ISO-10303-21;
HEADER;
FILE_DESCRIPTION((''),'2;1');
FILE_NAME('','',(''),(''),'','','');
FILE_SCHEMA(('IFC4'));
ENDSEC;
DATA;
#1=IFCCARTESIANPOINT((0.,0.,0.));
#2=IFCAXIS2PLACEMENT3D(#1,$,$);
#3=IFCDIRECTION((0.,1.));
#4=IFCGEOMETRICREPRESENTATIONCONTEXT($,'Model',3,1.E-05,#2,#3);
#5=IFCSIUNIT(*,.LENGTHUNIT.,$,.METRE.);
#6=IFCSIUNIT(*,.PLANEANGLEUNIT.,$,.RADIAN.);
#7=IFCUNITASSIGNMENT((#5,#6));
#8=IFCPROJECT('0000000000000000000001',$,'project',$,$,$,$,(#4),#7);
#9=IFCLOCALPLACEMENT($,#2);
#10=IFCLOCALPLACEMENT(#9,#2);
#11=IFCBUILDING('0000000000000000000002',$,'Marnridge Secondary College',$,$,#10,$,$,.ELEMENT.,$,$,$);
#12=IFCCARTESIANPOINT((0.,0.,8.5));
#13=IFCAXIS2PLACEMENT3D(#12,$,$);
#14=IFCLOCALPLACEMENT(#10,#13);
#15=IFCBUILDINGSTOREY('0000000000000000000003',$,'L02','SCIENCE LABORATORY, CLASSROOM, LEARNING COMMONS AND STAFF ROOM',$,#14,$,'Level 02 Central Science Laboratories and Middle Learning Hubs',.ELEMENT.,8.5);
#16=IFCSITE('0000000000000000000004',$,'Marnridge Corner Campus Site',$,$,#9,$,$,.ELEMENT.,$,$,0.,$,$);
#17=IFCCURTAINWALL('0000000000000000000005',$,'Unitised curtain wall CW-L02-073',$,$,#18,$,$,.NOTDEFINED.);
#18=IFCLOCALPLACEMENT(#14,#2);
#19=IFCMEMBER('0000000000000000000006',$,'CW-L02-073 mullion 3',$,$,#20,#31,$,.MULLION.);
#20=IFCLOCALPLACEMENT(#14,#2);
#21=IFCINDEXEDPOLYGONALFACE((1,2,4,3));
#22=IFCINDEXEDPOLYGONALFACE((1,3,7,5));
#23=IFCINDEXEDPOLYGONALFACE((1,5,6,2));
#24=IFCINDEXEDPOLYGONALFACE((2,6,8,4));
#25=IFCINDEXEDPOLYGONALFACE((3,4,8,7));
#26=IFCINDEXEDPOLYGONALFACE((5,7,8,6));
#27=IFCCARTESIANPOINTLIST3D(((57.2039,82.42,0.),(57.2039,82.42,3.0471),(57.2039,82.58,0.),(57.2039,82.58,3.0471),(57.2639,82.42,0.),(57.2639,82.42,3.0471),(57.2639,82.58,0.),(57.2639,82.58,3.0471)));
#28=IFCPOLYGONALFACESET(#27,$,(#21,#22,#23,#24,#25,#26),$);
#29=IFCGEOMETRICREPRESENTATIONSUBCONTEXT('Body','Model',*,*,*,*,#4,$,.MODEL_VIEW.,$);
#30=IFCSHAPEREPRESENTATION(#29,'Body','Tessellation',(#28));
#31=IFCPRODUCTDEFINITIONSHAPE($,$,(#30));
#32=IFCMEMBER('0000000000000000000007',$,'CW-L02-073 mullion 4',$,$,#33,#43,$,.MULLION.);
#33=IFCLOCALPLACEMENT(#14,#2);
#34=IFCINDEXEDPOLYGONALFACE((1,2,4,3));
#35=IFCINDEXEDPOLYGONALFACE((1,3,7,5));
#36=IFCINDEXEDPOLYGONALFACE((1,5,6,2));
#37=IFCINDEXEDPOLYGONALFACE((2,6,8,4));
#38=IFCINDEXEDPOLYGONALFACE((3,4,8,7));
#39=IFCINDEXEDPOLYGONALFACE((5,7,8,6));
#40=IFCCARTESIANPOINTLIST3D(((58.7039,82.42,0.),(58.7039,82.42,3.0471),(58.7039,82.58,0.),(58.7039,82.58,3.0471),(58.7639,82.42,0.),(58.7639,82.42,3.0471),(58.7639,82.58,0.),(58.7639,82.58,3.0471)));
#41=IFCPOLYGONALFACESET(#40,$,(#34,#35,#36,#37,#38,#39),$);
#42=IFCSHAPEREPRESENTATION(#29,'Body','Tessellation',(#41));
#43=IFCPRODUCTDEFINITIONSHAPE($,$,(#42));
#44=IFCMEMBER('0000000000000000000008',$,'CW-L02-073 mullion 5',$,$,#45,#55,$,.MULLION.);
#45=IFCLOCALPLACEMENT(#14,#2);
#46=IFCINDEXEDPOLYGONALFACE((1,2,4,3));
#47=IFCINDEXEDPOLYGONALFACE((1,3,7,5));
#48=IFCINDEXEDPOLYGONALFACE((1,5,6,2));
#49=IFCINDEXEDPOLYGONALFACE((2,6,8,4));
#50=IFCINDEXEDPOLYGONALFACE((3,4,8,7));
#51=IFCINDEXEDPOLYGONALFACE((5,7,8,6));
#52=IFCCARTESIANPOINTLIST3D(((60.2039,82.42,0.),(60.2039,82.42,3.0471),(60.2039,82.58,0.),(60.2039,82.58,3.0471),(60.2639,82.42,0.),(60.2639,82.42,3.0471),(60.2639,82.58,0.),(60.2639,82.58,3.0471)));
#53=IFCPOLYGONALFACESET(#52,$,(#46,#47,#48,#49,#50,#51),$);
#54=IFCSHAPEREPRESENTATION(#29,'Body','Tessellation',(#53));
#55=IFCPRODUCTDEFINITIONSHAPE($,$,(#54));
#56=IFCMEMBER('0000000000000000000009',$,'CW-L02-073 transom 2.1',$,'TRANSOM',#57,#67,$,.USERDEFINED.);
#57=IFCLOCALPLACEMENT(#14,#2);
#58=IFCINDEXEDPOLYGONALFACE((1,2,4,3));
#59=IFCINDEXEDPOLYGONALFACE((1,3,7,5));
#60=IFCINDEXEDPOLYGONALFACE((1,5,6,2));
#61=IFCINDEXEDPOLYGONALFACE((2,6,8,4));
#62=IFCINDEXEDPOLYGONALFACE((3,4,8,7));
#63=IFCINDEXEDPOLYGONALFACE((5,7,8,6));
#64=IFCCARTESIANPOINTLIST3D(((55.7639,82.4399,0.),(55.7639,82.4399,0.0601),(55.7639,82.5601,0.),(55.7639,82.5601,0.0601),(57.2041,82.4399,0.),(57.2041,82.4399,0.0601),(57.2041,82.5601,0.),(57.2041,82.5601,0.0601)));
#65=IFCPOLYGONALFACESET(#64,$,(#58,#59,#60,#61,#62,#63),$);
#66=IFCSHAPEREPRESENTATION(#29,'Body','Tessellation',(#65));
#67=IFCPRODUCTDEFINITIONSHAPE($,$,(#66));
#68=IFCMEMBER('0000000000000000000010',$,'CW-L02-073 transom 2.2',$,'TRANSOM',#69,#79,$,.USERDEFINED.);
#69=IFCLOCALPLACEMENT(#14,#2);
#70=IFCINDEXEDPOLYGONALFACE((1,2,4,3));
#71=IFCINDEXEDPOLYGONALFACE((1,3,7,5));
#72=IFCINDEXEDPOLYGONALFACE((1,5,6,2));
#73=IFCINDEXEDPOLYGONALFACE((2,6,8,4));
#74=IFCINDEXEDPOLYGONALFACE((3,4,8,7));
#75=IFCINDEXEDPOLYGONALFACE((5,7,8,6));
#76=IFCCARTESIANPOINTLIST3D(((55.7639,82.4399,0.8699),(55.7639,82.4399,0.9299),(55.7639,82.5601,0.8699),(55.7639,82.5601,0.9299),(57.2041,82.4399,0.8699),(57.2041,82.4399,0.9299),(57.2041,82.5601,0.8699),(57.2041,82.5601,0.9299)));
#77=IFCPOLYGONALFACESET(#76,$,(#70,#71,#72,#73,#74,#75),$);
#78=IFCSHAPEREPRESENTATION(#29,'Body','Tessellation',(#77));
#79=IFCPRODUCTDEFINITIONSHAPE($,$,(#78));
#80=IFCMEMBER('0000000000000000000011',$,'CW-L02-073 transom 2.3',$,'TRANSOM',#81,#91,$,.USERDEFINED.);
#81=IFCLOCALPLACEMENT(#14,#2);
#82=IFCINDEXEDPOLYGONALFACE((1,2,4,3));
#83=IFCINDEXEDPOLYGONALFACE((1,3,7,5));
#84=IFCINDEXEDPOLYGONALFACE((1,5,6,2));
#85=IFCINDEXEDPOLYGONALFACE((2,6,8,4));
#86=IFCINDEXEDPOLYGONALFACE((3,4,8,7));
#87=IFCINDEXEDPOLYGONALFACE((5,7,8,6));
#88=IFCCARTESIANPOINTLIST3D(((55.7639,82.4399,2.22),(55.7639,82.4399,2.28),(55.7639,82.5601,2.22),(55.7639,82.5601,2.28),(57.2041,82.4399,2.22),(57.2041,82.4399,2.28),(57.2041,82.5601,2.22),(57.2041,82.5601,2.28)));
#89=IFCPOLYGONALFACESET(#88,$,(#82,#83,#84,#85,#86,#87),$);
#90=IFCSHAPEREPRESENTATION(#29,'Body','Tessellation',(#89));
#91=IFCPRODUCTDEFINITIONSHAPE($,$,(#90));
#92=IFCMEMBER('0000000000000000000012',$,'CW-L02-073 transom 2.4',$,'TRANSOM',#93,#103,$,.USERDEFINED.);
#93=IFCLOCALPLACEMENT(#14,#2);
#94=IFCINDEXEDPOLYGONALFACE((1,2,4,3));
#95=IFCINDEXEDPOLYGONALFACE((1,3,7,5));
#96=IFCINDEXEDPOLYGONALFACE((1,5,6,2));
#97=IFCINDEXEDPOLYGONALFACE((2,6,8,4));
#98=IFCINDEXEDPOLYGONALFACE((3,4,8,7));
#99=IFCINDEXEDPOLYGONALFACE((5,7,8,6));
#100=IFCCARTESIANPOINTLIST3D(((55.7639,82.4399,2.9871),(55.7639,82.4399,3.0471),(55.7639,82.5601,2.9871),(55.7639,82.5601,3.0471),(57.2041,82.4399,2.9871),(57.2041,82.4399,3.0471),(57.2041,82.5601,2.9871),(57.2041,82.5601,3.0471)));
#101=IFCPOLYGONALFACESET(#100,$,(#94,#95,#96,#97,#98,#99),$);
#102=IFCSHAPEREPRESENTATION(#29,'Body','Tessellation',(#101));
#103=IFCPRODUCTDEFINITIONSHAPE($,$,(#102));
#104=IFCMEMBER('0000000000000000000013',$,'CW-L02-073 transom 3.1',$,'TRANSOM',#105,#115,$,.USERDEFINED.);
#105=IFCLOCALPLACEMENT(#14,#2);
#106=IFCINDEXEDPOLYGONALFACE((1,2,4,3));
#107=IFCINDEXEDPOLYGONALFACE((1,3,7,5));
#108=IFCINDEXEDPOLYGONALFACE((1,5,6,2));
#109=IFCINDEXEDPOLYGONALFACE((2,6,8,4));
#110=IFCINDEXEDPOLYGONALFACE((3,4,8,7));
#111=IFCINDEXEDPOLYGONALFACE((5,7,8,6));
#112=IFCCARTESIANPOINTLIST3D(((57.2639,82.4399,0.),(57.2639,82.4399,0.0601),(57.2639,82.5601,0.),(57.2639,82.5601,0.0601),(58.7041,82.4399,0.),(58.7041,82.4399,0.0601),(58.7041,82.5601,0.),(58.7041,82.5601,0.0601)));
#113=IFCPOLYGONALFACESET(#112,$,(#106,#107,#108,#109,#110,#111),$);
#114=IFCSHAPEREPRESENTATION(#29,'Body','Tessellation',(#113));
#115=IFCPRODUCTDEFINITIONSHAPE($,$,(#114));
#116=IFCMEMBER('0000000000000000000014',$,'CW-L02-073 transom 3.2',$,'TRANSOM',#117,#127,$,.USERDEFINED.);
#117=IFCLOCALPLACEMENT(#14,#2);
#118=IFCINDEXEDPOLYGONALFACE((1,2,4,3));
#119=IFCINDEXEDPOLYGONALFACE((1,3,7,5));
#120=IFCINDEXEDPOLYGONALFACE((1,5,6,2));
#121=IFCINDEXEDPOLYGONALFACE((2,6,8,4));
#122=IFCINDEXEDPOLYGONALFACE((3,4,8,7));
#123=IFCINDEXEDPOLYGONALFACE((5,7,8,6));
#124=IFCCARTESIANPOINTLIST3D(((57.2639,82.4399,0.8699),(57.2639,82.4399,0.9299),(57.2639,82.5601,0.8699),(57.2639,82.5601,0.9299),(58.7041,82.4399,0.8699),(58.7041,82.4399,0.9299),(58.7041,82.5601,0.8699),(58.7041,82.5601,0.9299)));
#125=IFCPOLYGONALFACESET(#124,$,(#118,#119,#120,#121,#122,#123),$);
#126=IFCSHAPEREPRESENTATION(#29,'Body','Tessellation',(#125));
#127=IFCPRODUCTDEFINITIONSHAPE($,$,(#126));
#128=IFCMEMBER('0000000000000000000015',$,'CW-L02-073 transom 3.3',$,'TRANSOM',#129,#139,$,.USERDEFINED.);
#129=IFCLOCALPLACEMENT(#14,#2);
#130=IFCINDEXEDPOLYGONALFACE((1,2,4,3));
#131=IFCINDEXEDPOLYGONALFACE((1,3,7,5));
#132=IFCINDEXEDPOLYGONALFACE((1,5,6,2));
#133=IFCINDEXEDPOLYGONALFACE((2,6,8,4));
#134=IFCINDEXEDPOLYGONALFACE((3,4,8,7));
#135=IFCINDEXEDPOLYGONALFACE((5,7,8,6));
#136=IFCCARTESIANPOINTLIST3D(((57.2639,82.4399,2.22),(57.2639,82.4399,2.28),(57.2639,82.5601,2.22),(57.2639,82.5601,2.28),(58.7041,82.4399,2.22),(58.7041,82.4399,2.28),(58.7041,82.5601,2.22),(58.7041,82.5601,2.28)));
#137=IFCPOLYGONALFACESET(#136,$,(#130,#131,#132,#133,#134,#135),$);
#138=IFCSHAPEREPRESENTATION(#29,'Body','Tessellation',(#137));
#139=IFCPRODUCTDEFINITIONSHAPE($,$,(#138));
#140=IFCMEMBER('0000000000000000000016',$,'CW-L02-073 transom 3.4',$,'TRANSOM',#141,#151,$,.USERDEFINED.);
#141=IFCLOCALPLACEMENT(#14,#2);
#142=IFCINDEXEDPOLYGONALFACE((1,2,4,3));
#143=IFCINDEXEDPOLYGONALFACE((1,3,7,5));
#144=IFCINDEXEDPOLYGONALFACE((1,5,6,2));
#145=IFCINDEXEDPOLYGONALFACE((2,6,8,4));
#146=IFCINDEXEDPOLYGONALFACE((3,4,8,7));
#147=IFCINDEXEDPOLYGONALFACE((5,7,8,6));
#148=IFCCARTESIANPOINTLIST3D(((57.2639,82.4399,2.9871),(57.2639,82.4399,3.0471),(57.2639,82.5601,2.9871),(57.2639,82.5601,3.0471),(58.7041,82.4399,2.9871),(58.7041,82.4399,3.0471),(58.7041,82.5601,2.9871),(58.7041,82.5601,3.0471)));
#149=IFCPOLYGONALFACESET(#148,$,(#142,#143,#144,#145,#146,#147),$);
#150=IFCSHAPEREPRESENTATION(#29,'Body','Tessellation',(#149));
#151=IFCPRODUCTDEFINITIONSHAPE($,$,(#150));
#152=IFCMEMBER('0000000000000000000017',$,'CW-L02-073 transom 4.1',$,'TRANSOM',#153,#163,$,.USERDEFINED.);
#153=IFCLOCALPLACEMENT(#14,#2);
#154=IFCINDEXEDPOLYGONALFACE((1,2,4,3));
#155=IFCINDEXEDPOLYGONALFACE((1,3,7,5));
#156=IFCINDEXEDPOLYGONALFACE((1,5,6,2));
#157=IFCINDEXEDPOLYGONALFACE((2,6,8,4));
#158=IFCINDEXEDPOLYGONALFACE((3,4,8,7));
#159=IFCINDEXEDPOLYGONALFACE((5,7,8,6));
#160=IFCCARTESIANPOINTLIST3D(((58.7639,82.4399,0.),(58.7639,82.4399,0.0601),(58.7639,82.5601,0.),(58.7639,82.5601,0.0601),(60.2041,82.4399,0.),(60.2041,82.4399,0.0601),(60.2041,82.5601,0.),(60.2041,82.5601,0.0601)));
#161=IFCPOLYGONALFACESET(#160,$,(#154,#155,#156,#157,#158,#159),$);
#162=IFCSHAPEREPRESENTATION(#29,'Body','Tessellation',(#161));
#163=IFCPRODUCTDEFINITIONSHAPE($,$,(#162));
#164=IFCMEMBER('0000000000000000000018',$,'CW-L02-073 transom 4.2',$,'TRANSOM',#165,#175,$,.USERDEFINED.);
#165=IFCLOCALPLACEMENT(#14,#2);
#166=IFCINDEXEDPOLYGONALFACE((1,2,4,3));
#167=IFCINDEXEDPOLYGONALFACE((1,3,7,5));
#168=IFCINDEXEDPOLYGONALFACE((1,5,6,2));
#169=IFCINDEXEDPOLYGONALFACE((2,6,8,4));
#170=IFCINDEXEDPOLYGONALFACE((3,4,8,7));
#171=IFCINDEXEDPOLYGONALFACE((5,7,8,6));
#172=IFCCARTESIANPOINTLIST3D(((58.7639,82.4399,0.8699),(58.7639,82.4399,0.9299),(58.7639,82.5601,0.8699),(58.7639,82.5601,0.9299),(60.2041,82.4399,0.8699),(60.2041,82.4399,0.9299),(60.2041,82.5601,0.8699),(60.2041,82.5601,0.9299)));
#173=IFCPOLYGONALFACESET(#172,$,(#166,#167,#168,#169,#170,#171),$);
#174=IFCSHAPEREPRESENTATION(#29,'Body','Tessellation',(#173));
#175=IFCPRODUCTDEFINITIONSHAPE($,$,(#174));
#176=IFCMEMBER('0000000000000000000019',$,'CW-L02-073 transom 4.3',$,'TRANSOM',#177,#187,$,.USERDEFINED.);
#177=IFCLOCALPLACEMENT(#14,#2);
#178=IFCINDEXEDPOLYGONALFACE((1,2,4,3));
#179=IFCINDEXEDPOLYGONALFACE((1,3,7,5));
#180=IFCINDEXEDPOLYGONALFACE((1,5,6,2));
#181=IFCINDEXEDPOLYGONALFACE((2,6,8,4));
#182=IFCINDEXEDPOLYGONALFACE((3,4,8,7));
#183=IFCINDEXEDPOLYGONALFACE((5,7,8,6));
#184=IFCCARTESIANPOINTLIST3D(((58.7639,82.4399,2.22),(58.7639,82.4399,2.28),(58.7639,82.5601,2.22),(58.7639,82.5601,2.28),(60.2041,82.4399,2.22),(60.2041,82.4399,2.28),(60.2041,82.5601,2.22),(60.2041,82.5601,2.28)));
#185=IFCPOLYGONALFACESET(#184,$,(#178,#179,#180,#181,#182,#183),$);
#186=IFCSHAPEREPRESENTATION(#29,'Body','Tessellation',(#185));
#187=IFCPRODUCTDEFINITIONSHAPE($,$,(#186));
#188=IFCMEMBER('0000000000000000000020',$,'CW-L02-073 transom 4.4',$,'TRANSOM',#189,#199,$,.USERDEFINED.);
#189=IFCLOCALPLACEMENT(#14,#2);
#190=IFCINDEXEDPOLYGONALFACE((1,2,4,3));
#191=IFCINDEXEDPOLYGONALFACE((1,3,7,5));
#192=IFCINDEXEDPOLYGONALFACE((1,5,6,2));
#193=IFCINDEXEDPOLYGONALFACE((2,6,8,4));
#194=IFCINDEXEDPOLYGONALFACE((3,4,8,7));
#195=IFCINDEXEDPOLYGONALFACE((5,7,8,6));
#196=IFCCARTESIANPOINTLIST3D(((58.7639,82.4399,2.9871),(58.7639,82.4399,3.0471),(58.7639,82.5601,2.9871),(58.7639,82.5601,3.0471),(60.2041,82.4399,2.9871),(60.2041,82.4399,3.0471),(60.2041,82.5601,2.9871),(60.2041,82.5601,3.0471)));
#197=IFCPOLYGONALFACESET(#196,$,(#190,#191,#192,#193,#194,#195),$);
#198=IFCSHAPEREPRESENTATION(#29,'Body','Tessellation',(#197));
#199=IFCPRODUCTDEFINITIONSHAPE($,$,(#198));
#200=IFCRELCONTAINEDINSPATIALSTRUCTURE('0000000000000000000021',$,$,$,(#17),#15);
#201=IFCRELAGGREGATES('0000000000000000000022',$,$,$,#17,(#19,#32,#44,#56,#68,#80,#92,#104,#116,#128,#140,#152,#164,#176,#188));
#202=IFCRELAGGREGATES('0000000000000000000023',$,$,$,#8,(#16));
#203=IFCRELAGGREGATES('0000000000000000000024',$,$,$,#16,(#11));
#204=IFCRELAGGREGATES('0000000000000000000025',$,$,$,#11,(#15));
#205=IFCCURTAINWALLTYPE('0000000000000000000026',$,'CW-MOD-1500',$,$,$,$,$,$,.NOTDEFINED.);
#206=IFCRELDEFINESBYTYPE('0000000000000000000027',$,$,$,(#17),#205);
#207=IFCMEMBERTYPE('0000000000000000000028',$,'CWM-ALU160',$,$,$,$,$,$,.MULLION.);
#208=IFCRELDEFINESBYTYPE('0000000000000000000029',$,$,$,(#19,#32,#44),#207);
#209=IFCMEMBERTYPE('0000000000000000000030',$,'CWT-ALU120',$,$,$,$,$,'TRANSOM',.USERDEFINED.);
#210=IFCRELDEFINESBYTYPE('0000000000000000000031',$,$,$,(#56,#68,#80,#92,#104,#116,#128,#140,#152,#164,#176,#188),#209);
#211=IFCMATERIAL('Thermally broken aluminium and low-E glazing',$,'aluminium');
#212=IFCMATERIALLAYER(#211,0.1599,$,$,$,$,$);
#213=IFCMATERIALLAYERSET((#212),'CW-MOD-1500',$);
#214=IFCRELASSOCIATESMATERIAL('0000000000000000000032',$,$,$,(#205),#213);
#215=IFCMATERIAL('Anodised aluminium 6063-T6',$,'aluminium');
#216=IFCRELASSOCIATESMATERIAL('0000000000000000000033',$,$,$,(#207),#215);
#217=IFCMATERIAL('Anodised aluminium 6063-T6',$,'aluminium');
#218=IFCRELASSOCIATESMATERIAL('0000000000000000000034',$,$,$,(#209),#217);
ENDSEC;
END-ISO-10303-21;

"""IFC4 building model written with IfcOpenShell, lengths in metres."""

from ifc_helpers import new_model, si_unit, direction, frame, origin, origin_2d, place, context, subcontext, project, spatial, rectangle, extrude, material, layer, layer_set, material_profile, profile_set, type_object, element, aggregate, save


model = new_model("IFC4")

# Units and contexts
model_context = context("Model", 3, precision=1e-05, world=origin(), true_north=direction((0.0, 1.0)))
body_context = subcontext(model_context, "Body", "Model", "MODEL_VIEW")
ifc_project = project(units=[si_unit("LENGTHUNIT", "METRE"), si_unit("PLANEANGLEUNIT", "RADIAN")], contexts=[model_context])

# Site, building, storey
site_placement = place(None, origin())
site = spatial("IfcSite", under=ifc_project, at=site_placement, Name="Marnridge Corner Campus Site", CompositionType="ELEMENT", RefElevation=0.0)
building_placement = place(site_placement, origin())
building = spatial("IfcBuilding", under=site, at=building_placement, Name="Marnridge Secondary College", CompositionType="ELEMENT")
storey_placement = place(building_placement, frame((0.0, 0.0, 8.5)))
storey = spatial("IfcBuildingStorey", under=building, at=storey_placement, Name="L02", Description="SCIENCE LABORATORY, CLASSROOM, LEARNING COMMONS AND STAFF ROOM", LongName="Level 02 Central Science Laboratories and Middle Learning Hubs", CompositionType="ELEMENT", Elevation=8.5)

# Curtain wall, members
ifc_material_1 = material(Name="Thermally broken aluminium and low-E glazing", Category="aluminium")
ifc_layer_1 = layer(ifc_material_1, 0.1599)
ifc_layer_set_1 = layer_set([ifc_layer_1], Name="CW-MOD-1500")
curtain_wall_type = type_object("IfcCurtainWallType", Name="CW-MOD-1500", PredefinedType="NOTDEFINED", material=ifc_layer_set_1)
curtain_wall_placement = place(storey_placement, origin())
curtain_wall = element("IfcCurtainWall", 1, at=curtain_wall_placement, inside=storey, type_object=curtain_wall_type, Name="Unitised curtain wall CW-L02-073", PredefinedType="NOTDEFINED")
ifc_material_2 = material(Name="Anodised aluminium 6063-T6", Category="aluminium")
ifc_material_profile_1 = material_profile(ifc_material_2, rectangle(XDim=0.0601, YDim=0.1599, at=origin_2d()), Name="ALU 60x160")
ifc_profile_set_1 = profile_set([ifc_material_profile_1], Name="Anodised aluminium 6063-T6")
member_type_1 = type_object("IfcMemberType", Name="CWM-ALU160", PredefinedType="MULLION", material=ifc_profile_set_1)
member_1_placement = place(storey_placement, frame((57.2339, 82.5, 0.0), z_axis=(0.0, 0.0, 1.0), x_axis=(1.0, 0.0, 0.0)))
member_1 = element("IfcMember", 2, at=member_1_placement, type_object=member_type_1, Name="CW-L02-073 mullion 3", PredefinedType="MULLION", context=body_context, shape_type="SweptSolid", body=[
    extrude(rectangle(XDim=0.0601, YDim=0.1599, at=origin_2d()), origin(), (0.0, 0.0, 1.0), 3.0471),
])
member_2_placement = place(storey_placement, frame((58.7339, 82.5, 0.0), z_axis=(0.0, 0.0, 1.0), x_axis=(1.0, 0.0, 0.0)))
member_2 = element("IfcMember", 3, at=member_2_placement, type_object=member_type_1, Name="CW-L02-073 mullion 4", PredefinedType="MULLION", context=body_context, shape_type="SweptSolid", body=[
    extrude(rectangle(XDim=0.0601, YDim=0.1599, at=origin_2d()), origin(), (0.0, 0.0, 1.0), 3.0471),
])
member_3_placement = place(storey_placement, frame((60.2339, 82.5, 0.0), z_axis=(0.0, 0.0, 1.0), x_axis=(1.0, 0.0, 0.0)))
member_3 = element("IfcMember", 4, at=member_3_placement, type_object=member_type_1, Name="CW-L02-073 mullion 5", PredefinedType="MULLION", context=body_context, shape_type="SweptSolid", body=[
    extrude(rectangle(XDim=0.0601, YDim=0.1599, at=origin_2d()), origin(), (0.0, 0.0, 1.0), 3.0471),
])
ifc_material_3 = material(Name="Anodised aluminium 6063-T6", Category="aluminium")
ifc_material_profile_2 = material_profile(ifc_material_3, rectangle(XDim=0.0601, YDim=0.1201, at=origin_2d()), Name="ALU 60x120")
ifc_profile_set_2 = profile_set([ifc_material_profile_2], Name="Anodised aluminium 6063-T6")
member_type_2 = type_object("IfcMemberType", Name="CWT-ALU120", ElementType="TRANSOM", PredefinedType="USERDEFINED", material=ifc_profile_set_2)
member_4_placement = place(storey_placement, frame((55.7639, 82.5, 0.03), z_axis=(1.0, 0.0, 0.0), x_axis=(0.0, 0.0, 1.0)))
member_4 = element("IfcMember", 5, at=member_4_placement, type_object=member_type_2, Name="CW-L02-073 transom 2.1", ObjectType="TRANSOM", PredefinedType="USERDEFINED", context=body_context, shape_type="SweptSolid", body=[
    extrude(rectangle(XDim=0.0601, YDim=0.1201, at=origin_2d()), origin(), (0.0, 0.0, 1.0), 1.4402),
])
member_5_placement = place(storey_placement, frame((55.7639, 82.5, 0.8999), z_axis=(1.0, 0.0, 0.0), x_axis=(0.0, 0.0, 1.0)))
member_5 = element("IfcMember", 6, at=member_5_placement, type_object=member_type_2, Name="CW-L02-073 transom 2.2", ObjectType="TRANSOM", PredefinedType="USERDEFINED", context=body_context, shape_type="SweptSolid", body=[
    extrude(rectangle(XDim=0.0601, YDim=0.1201, at=origin_2d()), origin(), (0.0, 0.0, 1.0), 1.4402),
])
member_6_placement = place(storey_placement, frame((55.7639, 82.5, 2.25), z_axis=(1.0, 0.0, 0.0), x_axis=(0.0, 0.0, 1.0)))
member_6 = element("IfcMember", 7, at=member_6_placement, type_object=member_type_2, Name="CW-L02-073 transom 2.3", ObjectType="TRANSOM", PredefinedType="USERDEFINED", context=body_context, shape_type="SweptSolid", body=[
    extrude(rectangle(XDim=0.0601, YDim=0.1201, at=origin_2d()), origin(), (0.0, 0.0, 1.0), 1.4402),
])
member_7_placement = place(storey_placement, frame((55.7639, 82.5, 3.0171), z_axis=(1.0, 0.0, 0.0), x_axis=(0.0, 0.0, 1.0)))
member_7 = element("IfcMember", 8, at=member_7_placement, type_object=member_type_2, Name="CW-L02-073 transom 2.4", ObjectType="TRANSOM", PredefinedType="USERDEFINED", context=body_context, shape_type="SweptSolid", body=[
    extrude(rectangle(XDim=0.0601, YDim=0.1201, at=origin_2d()), origin(), (0.0, 0.0, 1.0), 1.4402),
])
member_8_placement = place(storey_placement, frame((57.2639, 82.5, 0.03), z_axis=(1.0, 0.0, 0.0), x_axis=(0.0, 0.0, 1.0)))
member_8 = element("IfcMember", 9, at=member_8_placement, type_object=member_type_2, Name="CW-L02-073 transom 3.1", ObjectType="TRANSOM", PredefinedType="USERDEFINED", context=body_context, shape_type="SweptSolid", body=[
    extrude(rectangle(XDim=0.0601, YDim=0.1201, at=origin_2d()), origin(), (0.0, 0.0, 1.0), 1.4402),
])
member_9_placement = place(storey_placement, frame((57.2639, 82.5, 0.8999), z_axis=(1.0, 0.0, 0.0), x_axis=(0.0, 0.0, 1.0)))
member_9 = element("IfcMember", 10, at=member_9_placement, type_object=member_type_2, Name="CW-L02-073 transom 3.2", ObjectType="TRANSOM", PredefinedType="USERDEFINED", context=body_context, shape_type="SweptSolid", body=[
    extrude(rectangle(XDim=0.0601, YDim=0.1201, at=origin_2d()), origin(), (0.0, 0.0, 1.0), 1.4402),
])
member_10_placement = place(storey_placement, frame((57.2639, 82.5, 2.25), z_axis=(1.0, 0.0, 0.0), x_axis=(0.0, 0.0, 1.0)))
member_10 = element("IfcMember", 11, at=member_10_placement, type_object=member_type_2, Name="CW-L02-073 transom 3.3", ObjectType="TRANSOM", PredefinedType="USERDEFINED", context=body_context, shape_type="SweptSolid", body=[
    extrude(rectangle(XDim=0.0601, YDim=0.1201, at=origin_2d()), origin(), (0.0, 0.0, 1.0), 1.4402),
])
member_11_placement = place(storey_placement, frame((57.2639, 82.5, 3.0171), z_axis=(1.0, 0.0, 0.0), x_axis=(0.0, 0.0, 1.0)))
member_11 = element("IfcMember", 12, at=member_11_placement, type_object=member_type_2, Name="CW-L02-073 transom 3.4", ObjectType="TRANSOM", PredefinedType="USERDEFINED", context=body_context, shape_type="SweptSolid", body=[
    extrude(rectangle(XDim=0.0601, YDim=0.1201, at=origin_2d()), origin(), (0.0, 0.0, 1.0), 1.4402),
])
member_12_placement = place(storey_placement, frame((58.7639, 82.5, 0.03), z_axis=(1.0, 0.0, 0.0), x_axis=(0.0, 0.0, 1.0)))
member_12 = element("IfcMember", 13, at=member_12_placement, type_object=member_type_2, Name="CW-L02-073 transom 4.1", ObjectType="TRANSOM", PredefinedType="USERDEFINED", context=body_context, shape_type="SweptSolid", body=[
    extrude(rectangle(XDim=0.0601, YDim=0.1201, at=origin_2d()), origin(), (0.0, 0.0, 1.0), 1.4402),
])
member_13_placement = place(storey_placement, frame((58.7639, 82.5, 0.8999), z_axis=(1.0, 0.0, 0.0), x_axis=(0.0, 0.0, 1.0)))
member_13 = element("IfcMember", 14, at=member_13_placement, type_object=member_type_2, Name="CW-L02-073 transom 4.2", ObjectType="TRANSOM", PredefinedType="USERDEFINED", context=body_context, shape_type="SweptSolid", body=[
    extrude(rectangle(XDim=0.0601, YDim=0.1201, at=origin_2d()), origin(), (0.0, 0.0, 1.0), 1.4402),
])
member_14_placement = place(storey_placement, frame((58.7639, 82.5, 2.25), z_axis=(1.0, 0.0, 0.0), x_axis=(0.0, 0.0, 1.0)))
member_14 = element("IfcMember", 15, at=member_14_placement, type_object=member_type_2, Name="CW-L02-073 transom 4.3", ObjectType="TRANSOM", PredefinedType="USERDEFINED", context=body_context, shape_type="SweptSolid", body=[
    extrude(rectangle(XDim=0.0601, YDim=0.1201, at=origin_2d()), origin(), (0.0, 0.0, 1.0), 1.4402),
])
member_15_placement = place(storey_placement, frame((58.7639, 82.5, 3.0171), z_axis=(1.0, 0.0, 0.0), x_axis=(0.0, 0.0, 1.0)))
member_15 = element("IfcMember", 16, at=member_15_placement, type_object=member_type_2, Name="CW-L02-073 transom 4.4", ObjectType="TRANSOM", PredefinedType="USERDEFINED", context=body_context, shape_type="SweptSolid", body=[
    extrude(rectangle(XDim=0.0601, YDim=0.1201, at=origin_2d()), origin(), (0.0, 0.0, 1.0), 1.4402),
])
aggregate(curtain_wall, [member_1, member_2, member_3, member_4, member_5, member_6, member_7, member_8, member_9, member_10, member_11, member_12, member_13, member_14, member_15])

save(model, "model.ifc")
